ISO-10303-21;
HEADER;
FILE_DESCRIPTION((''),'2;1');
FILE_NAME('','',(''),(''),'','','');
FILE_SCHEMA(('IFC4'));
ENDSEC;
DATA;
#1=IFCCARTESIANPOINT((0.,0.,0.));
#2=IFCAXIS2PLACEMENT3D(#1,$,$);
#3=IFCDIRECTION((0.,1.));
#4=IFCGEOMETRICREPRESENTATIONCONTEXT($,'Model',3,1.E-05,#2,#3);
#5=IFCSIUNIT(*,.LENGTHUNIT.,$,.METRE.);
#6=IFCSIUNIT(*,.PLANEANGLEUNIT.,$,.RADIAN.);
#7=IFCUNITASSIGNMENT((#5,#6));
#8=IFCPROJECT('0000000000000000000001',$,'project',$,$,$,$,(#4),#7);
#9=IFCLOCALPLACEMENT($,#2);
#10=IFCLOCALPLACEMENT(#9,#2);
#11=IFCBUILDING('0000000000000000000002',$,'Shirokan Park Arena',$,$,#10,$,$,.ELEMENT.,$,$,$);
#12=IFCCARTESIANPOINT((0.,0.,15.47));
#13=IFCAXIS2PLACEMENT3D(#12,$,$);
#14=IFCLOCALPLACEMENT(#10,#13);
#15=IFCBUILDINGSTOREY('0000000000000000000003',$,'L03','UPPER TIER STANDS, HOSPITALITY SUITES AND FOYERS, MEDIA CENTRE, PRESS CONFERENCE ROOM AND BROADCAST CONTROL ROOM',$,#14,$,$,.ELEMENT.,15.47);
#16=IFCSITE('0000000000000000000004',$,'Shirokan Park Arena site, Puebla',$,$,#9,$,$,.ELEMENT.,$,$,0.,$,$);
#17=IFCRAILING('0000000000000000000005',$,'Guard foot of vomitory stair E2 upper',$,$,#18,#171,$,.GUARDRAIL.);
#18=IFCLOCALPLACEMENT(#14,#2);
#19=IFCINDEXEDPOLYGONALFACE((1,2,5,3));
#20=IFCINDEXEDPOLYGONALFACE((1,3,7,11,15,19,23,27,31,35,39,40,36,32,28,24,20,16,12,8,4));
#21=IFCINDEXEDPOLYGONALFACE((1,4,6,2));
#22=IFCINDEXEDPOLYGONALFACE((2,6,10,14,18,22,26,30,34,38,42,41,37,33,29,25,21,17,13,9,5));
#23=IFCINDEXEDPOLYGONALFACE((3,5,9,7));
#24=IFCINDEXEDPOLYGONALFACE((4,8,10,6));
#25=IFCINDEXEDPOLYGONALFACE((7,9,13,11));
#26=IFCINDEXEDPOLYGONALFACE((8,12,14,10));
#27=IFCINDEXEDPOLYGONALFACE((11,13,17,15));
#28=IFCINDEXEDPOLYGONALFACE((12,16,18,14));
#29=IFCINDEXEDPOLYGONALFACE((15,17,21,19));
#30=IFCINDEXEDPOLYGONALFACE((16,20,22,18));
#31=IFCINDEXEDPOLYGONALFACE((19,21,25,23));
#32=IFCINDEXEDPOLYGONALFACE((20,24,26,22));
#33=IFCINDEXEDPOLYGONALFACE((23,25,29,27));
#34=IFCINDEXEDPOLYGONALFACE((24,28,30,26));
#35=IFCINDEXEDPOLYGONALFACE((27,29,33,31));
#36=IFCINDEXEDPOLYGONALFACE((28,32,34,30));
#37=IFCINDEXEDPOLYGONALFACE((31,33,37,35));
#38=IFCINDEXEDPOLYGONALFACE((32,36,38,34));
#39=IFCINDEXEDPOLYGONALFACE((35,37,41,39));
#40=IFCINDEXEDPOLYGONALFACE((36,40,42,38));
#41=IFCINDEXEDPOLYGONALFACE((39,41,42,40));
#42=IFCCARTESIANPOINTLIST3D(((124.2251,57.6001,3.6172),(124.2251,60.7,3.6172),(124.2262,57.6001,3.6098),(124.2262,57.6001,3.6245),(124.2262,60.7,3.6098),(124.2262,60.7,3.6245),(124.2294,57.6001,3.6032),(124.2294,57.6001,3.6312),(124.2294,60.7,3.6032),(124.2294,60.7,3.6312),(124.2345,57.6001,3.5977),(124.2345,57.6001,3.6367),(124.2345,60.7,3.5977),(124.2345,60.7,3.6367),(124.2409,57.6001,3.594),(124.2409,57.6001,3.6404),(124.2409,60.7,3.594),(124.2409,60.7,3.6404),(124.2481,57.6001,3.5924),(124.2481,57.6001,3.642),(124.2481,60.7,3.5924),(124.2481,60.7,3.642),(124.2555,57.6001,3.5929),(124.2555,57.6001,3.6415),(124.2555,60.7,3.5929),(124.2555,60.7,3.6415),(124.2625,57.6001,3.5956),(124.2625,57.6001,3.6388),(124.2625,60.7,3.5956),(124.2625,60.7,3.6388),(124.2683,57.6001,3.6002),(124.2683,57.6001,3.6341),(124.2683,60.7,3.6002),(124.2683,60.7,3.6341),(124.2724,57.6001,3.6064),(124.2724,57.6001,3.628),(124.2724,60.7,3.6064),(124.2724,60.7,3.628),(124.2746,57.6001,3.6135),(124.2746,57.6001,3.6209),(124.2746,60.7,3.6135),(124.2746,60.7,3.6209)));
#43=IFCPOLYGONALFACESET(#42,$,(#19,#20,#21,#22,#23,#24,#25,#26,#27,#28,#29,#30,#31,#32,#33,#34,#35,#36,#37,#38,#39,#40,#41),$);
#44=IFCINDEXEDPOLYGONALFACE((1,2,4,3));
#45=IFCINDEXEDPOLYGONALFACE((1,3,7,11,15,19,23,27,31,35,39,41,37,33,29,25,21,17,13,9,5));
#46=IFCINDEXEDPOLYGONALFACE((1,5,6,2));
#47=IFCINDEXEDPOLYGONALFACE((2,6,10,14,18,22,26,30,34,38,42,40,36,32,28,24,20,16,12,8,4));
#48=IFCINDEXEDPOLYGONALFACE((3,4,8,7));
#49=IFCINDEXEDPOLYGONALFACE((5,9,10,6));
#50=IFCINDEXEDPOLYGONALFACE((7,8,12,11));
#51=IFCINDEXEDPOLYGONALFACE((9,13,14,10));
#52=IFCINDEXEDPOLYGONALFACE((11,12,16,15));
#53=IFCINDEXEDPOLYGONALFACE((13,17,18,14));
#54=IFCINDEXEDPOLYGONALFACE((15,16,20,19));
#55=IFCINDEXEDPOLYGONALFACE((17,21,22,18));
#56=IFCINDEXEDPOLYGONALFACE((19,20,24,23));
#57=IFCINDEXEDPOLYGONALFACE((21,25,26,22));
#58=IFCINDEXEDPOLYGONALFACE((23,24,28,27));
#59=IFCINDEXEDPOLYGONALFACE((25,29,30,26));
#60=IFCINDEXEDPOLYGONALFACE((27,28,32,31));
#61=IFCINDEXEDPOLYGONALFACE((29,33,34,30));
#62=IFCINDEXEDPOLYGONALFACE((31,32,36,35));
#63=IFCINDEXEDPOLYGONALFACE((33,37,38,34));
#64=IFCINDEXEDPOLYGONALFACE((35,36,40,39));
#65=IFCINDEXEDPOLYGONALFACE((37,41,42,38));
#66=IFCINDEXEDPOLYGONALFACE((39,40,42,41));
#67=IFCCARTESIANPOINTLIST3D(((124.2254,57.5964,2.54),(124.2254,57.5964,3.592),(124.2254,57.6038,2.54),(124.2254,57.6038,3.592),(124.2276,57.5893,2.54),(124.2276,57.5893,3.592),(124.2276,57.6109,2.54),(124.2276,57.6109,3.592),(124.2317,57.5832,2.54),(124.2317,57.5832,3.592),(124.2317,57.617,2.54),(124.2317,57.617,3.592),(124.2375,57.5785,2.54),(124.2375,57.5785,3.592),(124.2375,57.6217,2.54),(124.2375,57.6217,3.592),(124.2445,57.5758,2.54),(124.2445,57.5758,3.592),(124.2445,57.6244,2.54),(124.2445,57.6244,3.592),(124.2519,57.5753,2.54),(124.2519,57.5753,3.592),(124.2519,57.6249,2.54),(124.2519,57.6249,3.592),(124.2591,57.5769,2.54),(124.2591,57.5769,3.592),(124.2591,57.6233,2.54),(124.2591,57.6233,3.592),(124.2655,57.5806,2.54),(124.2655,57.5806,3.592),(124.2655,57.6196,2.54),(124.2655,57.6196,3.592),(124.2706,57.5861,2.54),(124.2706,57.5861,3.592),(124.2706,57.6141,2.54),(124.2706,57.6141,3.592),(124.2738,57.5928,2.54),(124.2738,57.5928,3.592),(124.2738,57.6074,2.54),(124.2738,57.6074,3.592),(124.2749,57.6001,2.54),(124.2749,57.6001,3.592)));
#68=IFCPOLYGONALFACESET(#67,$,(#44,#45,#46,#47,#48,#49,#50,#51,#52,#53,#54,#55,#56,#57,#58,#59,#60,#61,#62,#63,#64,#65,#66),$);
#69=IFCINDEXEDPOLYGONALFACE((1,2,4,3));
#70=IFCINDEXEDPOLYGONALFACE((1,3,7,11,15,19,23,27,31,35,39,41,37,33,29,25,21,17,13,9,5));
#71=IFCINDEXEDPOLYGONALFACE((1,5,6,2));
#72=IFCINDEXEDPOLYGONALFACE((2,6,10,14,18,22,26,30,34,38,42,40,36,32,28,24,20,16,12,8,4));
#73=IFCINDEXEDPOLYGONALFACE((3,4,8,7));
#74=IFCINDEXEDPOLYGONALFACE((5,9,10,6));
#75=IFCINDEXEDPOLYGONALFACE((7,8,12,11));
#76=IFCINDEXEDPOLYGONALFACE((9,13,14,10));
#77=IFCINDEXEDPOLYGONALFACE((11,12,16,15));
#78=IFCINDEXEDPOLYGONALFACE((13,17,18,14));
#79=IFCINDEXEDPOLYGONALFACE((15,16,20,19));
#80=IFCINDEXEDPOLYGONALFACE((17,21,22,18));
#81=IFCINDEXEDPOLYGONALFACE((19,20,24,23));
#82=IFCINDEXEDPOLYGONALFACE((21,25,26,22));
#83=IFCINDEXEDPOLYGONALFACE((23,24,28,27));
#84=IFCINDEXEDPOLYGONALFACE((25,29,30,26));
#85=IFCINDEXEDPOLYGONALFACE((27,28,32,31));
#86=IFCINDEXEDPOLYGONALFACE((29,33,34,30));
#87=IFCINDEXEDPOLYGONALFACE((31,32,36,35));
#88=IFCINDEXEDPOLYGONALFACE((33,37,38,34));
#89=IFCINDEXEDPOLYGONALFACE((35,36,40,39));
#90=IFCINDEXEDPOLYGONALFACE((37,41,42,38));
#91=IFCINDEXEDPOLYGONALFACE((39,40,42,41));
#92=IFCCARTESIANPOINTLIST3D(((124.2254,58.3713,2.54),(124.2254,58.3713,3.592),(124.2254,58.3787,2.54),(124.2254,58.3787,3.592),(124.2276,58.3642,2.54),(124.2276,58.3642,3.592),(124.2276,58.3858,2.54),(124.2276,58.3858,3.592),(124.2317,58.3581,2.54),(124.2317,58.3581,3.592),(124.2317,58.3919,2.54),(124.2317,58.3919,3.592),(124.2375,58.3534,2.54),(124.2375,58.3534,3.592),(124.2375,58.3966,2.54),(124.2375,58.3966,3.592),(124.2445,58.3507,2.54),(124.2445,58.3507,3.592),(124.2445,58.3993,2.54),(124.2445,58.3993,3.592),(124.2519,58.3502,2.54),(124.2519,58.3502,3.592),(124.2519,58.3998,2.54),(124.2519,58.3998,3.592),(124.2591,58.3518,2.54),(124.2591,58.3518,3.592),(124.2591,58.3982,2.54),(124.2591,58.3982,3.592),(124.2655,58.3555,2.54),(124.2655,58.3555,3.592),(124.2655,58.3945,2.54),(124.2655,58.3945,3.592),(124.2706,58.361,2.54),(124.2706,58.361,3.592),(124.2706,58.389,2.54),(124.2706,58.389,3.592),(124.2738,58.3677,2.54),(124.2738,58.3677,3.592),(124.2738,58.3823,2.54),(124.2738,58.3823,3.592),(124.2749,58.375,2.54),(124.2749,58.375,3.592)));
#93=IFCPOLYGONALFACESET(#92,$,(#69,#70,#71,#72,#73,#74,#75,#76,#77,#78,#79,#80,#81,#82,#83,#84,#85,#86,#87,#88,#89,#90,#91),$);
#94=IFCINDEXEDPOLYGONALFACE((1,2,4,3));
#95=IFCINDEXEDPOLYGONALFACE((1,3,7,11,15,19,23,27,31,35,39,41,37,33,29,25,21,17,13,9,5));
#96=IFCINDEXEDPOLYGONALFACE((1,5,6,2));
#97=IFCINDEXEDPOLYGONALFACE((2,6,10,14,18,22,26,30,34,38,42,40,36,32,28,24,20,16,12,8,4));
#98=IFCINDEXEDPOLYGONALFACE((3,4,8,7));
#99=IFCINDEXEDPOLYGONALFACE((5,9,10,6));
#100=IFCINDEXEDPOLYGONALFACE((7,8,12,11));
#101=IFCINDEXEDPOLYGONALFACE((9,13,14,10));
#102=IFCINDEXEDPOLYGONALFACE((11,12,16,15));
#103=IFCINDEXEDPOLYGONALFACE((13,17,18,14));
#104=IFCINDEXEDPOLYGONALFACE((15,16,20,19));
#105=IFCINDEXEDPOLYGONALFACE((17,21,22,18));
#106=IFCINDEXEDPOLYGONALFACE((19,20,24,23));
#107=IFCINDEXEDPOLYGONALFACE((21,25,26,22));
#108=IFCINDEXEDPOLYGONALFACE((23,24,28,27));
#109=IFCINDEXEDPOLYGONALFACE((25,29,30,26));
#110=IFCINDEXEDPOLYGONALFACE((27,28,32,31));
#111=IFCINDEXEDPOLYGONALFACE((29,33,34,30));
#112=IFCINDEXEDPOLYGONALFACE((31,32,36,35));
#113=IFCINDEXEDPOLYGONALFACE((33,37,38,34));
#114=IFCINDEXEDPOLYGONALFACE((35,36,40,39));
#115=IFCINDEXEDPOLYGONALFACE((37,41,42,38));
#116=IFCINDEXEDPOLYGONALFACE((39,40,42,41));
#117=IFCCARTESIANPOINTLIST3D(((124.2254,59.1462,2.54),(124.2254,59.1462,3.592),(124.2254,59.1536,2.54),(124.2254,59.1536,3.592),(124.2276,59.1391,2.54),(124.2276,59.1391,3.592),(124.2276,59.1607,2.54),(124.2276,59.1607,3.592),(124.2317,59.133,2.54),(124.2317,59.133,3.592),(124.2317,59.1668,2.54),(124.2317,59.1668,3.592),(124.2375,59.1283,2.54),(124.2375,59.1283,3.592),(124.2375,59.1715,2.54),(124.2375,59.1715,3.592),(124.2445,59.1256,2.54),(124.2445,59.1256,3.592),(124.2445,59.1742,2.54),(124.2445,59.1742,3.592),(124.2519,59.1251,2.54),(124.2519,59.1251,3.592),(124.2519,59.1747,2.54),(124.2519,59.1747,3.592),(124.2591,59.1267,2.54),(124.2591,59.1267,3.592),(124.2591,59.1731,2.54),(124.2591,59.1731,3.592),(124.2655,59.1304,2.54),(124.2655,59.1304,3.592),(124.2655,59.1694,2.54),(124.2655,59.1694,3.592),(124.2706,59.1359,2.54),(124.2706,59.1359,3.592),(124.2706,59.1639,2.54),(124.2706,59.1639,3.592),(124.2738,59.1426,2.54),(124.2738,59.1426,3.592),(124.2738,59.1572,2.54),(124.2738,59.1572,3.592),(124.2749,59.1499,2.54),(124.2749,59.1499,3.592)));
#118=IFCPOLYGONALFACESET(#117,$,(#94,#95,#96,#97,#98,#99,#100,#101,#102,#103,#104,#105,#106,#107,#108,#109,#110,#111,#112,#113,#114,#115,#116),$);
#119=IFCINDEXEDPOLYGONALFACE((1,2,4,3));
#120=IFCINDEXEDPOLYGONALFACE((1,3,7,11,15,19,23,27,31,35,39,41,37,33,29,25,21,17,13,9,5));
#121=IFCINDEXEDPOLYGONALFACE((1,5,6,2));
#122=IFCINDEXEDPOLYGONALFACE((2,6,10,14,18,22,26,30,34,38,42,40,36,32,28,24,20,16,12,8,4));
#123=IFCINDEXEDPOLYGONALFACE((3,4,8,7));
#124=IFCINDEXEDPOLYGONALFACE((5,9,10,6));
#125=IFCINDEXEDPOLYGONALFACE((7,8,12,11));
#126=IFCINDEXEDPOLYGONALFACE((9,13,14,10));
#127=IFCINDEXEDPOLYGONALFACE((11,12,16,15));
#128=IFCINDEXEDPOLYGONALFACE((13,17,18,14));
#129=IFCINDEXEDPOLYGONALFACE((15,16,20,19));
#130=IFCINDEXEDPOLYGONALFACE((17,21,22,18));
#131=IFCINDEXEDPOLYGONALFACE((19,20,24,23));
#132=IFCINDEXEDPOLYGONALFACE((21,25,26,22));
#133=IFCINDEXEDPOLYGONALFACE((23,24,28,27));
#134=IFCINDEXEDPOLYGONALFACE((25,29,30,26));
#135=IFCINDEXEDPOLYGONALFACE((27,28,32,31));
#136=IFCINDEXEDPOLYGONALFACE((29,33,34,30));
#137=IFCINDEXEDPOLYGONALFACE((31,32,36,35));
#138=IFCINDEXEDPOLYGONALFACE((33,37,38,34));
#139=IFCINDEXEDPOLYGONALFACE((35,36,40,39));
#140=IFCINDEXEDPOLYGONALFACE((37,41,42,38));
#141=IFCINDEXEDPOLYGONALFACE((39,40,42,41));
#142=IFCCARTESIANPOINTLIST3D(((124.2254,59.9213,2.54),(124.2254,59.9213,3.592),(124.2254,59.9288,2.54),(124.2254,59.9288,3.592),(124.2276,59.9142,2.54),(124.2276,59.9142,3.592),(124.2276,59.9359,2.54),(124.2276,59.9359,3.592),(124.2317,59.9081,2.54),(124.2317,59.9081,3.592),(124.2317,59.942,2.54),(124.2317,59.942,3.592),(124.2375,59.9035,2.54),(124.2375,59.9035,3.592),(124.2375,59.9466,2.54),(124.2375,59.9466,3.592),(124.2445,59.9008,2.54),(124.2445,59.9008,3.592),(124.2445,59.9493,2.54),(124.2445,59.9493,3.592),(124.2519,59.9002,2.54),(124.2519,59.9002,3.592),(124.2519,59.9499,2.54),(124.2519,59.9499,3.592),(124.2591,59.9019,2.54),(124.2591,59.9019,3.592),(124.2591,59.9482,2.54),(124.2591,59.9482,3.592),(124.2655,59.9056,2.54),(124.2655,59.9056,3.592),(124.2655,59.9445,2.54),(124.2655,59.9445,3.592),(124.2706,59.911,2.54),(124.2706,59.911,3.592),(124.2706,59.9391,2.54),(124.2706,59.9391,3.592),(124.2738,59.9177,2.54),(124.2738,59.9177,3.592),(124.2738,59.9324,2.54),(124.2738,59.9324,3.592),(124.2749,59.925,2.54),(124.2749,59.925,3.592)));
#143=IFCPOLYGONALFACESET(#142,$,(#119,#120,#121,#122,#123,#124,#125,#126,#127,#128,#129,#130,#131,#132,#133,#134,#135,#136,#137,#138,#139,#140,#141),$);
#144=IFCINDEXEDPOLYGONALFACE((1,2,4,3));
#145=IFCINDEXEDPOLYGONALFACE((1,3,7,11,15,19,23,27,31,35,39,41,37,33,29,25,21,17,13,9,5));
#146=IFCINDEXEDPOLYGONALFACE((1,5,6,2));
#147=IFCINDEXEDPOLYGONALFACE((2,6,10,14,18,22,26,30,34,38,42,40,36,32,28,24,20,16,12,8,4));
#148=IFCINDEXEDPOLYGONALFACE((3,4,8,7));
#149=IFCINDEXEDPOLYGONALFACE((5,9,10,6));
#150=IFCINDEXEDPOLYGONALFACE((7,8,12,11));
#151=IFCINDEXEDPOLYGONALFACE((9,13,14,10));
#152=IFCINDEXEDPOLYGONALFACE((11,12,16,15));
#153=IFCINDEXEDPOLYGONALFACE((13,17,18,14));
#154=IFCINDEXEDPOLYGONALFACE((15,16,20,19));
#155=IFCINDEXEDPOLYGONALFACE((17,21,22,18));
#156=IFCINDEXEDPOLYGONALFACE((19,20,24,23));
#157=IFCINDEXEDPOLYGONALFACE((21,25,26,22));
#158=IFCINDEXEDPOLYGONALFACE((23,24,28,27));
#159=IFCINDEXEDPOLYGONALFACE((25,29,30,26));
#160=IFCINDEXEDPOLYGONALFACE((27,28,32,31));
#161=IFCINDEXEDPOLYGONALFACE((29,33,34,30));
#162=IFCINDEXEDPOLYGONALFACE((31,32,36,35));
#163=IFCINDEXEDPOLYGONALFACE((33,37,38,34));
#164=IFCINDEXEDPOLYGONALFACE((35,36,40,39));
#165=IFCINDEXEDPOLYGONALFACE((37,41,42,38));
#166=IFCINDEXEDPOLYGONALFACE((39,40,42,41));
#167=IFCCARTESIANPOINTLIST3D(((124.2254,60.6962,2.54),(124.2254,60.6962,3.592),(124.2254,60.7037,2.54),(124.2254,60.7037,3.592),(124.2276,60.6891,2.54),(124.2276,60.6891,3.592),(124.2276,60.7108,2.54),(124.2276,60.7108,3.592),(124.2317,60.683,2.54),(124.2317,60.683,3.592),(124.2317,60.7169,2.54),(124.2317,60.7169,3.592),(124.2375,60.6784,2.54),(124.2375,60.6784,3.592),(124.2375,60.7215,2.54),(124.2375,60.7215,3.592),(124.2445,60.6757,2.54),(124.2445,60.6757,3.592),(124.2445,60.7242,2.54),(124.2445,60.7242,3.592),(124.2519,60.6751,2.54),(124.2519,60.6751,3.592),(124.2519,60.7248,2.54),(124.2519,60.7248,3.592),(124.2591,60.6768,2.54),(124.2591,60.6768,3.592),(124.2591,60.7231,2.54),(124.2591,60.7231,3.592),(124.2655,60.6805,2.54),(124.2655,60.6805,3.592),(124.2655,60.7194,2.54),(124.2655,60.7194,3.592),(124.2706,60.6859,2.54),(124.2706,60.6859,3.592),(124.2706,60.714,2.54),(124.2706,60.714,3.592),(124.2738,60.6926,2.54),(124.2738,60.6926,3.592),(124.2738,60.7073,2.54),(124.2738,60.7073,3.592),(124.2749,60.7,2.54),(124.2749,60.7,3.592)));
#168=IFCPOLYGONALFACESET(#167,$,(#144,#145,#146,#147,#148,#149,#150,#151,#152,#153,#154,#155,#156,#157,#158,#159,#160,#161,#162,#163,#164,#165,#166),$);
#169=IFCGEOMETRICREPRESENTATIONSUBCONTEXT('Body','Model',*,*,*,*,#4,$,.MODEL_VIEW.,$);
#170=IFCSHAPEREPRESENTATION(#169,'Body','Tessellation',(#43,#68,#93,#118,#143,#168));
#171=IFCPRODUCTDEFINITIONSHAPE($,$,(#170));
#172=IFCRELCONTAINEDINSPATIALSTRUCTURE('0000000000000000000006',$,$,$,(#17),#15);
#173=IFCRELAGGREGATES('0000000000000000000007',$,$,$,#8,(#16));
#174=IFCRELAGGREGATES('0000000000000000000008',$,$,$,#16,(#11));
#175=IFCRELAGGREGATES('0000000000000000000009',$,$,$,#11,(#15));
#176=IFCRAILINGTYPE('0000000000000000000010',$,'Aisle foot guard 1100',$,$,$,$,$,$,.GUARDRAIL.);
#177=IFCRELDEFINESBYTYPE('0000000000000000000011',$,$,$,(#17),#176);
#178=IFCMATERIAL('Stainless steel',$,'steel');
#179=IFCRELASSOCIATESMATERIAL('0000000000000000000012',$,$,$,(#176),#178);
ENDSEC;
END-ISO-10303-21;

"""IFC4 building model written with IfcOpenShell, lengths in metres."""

from ifc_helpers import new_model, si_unit, direction, frame, origin, origin_2d, place, context, subcontext, project, spatial, circle, extrude, material, type_object, element, save


model = new_model("IFC4")

# Units and contexts
model_context = context("Model", 3, precision=1e-05, world=origin(), true_north=direction((0.0, 1.0)))
body_context = subcontext(model_context, "Body", "Model", "MODEL_VIEW")
ifc_project = project(units=[si_unit("LENGTHUNIT", "METRE"), si_unit("PLANEANGLEUNIT", "RADIAN")], contexts=[model_context])

# Site, building, storey
site_placement = place(None, origin())
site = spatial("IfcSite", under=ifc_project, at=site_placement, Name="Shirokan Park Arena site, Puebla", CompositionType="ELEMENT", RefElevation=0.0)
building_placement = place(site_placement, origin())
building = spatial("IfcBuilding", under=site, at=building_placement, Name="Shirokan Park Arena", CompositionType="ELEMENT")
storey_placement = place(building_placement, frame((0.0, 0.0, 15.47)))
storey = spatial("IfcBuildingStorey", under=building, at=storey_placement, Name="L03", Description="UPPER TIER STANDS, HOSPITALITY SUITES AND FOYERS, MEDIA CENTRE, PRESS CONFERENCE ROOM AND BROADCAST CONTROL ROOM", CompositionType="ELEMENT", Elevation=15.47)

# Railing
ifc_material_1 = material(Name="Stainless steel", Category="steel")
railing_type_1 = type_object("IfcRailingType", Name="Aisle foot guard 1100", PredefinedType="GUARDRAIL", material=ifc_material_1)
railing_1_placement = place(storey_placement, frame((124.25, 57.6001, 2.54)))
element("IfcRailing", 1, at=railing_1_placement, inside=storey, type_object=railing_type_1, Name="Guard foot of vomitory stair E2 upper", PredefinedType="GUARDRAIL", context=body_context, shape_type="SweptSolid", body=[
    extrude(circle(Radius=0.0249, at=origin_2d()), frame((0.0, 0.0, 1.0771), z_axis=(0.0, 1.0, 0.0), x_axis=(-1.0, 0.0, 0.0)), (0.0, 0.0, 1.0), 3.0999),
    extrude(circle(Radius=0.0249, at=origin_2d()), origin(), (0.0, 0.0, 1.0), 1.052),
    extrude(circle(Radius=0.0249, at=origin_2d()), frame((0.0, 0.7749, 0.0)), (0.0, 0.0, 1.0), 1.052),
    extrude(circle(Radius=0.0249, at=origin_2d()), frame((0.0, 1.5498, 0.0)), (0.0, 0.0, 1.0), 1.052),
    extrude(circle(Radius=0.0249, at=origin_2d()), frame((0.0, 2.325, 0.0)), (0.0, 0.0, 1.0), 1.052),
    extrude(circle(Radius=0.0249, at=origin_2d()), frame((0.0, 3.0999, 0.0)), (0.0, 0.0, 1.0), 1.052),
])

save(model, "model.ifc")
